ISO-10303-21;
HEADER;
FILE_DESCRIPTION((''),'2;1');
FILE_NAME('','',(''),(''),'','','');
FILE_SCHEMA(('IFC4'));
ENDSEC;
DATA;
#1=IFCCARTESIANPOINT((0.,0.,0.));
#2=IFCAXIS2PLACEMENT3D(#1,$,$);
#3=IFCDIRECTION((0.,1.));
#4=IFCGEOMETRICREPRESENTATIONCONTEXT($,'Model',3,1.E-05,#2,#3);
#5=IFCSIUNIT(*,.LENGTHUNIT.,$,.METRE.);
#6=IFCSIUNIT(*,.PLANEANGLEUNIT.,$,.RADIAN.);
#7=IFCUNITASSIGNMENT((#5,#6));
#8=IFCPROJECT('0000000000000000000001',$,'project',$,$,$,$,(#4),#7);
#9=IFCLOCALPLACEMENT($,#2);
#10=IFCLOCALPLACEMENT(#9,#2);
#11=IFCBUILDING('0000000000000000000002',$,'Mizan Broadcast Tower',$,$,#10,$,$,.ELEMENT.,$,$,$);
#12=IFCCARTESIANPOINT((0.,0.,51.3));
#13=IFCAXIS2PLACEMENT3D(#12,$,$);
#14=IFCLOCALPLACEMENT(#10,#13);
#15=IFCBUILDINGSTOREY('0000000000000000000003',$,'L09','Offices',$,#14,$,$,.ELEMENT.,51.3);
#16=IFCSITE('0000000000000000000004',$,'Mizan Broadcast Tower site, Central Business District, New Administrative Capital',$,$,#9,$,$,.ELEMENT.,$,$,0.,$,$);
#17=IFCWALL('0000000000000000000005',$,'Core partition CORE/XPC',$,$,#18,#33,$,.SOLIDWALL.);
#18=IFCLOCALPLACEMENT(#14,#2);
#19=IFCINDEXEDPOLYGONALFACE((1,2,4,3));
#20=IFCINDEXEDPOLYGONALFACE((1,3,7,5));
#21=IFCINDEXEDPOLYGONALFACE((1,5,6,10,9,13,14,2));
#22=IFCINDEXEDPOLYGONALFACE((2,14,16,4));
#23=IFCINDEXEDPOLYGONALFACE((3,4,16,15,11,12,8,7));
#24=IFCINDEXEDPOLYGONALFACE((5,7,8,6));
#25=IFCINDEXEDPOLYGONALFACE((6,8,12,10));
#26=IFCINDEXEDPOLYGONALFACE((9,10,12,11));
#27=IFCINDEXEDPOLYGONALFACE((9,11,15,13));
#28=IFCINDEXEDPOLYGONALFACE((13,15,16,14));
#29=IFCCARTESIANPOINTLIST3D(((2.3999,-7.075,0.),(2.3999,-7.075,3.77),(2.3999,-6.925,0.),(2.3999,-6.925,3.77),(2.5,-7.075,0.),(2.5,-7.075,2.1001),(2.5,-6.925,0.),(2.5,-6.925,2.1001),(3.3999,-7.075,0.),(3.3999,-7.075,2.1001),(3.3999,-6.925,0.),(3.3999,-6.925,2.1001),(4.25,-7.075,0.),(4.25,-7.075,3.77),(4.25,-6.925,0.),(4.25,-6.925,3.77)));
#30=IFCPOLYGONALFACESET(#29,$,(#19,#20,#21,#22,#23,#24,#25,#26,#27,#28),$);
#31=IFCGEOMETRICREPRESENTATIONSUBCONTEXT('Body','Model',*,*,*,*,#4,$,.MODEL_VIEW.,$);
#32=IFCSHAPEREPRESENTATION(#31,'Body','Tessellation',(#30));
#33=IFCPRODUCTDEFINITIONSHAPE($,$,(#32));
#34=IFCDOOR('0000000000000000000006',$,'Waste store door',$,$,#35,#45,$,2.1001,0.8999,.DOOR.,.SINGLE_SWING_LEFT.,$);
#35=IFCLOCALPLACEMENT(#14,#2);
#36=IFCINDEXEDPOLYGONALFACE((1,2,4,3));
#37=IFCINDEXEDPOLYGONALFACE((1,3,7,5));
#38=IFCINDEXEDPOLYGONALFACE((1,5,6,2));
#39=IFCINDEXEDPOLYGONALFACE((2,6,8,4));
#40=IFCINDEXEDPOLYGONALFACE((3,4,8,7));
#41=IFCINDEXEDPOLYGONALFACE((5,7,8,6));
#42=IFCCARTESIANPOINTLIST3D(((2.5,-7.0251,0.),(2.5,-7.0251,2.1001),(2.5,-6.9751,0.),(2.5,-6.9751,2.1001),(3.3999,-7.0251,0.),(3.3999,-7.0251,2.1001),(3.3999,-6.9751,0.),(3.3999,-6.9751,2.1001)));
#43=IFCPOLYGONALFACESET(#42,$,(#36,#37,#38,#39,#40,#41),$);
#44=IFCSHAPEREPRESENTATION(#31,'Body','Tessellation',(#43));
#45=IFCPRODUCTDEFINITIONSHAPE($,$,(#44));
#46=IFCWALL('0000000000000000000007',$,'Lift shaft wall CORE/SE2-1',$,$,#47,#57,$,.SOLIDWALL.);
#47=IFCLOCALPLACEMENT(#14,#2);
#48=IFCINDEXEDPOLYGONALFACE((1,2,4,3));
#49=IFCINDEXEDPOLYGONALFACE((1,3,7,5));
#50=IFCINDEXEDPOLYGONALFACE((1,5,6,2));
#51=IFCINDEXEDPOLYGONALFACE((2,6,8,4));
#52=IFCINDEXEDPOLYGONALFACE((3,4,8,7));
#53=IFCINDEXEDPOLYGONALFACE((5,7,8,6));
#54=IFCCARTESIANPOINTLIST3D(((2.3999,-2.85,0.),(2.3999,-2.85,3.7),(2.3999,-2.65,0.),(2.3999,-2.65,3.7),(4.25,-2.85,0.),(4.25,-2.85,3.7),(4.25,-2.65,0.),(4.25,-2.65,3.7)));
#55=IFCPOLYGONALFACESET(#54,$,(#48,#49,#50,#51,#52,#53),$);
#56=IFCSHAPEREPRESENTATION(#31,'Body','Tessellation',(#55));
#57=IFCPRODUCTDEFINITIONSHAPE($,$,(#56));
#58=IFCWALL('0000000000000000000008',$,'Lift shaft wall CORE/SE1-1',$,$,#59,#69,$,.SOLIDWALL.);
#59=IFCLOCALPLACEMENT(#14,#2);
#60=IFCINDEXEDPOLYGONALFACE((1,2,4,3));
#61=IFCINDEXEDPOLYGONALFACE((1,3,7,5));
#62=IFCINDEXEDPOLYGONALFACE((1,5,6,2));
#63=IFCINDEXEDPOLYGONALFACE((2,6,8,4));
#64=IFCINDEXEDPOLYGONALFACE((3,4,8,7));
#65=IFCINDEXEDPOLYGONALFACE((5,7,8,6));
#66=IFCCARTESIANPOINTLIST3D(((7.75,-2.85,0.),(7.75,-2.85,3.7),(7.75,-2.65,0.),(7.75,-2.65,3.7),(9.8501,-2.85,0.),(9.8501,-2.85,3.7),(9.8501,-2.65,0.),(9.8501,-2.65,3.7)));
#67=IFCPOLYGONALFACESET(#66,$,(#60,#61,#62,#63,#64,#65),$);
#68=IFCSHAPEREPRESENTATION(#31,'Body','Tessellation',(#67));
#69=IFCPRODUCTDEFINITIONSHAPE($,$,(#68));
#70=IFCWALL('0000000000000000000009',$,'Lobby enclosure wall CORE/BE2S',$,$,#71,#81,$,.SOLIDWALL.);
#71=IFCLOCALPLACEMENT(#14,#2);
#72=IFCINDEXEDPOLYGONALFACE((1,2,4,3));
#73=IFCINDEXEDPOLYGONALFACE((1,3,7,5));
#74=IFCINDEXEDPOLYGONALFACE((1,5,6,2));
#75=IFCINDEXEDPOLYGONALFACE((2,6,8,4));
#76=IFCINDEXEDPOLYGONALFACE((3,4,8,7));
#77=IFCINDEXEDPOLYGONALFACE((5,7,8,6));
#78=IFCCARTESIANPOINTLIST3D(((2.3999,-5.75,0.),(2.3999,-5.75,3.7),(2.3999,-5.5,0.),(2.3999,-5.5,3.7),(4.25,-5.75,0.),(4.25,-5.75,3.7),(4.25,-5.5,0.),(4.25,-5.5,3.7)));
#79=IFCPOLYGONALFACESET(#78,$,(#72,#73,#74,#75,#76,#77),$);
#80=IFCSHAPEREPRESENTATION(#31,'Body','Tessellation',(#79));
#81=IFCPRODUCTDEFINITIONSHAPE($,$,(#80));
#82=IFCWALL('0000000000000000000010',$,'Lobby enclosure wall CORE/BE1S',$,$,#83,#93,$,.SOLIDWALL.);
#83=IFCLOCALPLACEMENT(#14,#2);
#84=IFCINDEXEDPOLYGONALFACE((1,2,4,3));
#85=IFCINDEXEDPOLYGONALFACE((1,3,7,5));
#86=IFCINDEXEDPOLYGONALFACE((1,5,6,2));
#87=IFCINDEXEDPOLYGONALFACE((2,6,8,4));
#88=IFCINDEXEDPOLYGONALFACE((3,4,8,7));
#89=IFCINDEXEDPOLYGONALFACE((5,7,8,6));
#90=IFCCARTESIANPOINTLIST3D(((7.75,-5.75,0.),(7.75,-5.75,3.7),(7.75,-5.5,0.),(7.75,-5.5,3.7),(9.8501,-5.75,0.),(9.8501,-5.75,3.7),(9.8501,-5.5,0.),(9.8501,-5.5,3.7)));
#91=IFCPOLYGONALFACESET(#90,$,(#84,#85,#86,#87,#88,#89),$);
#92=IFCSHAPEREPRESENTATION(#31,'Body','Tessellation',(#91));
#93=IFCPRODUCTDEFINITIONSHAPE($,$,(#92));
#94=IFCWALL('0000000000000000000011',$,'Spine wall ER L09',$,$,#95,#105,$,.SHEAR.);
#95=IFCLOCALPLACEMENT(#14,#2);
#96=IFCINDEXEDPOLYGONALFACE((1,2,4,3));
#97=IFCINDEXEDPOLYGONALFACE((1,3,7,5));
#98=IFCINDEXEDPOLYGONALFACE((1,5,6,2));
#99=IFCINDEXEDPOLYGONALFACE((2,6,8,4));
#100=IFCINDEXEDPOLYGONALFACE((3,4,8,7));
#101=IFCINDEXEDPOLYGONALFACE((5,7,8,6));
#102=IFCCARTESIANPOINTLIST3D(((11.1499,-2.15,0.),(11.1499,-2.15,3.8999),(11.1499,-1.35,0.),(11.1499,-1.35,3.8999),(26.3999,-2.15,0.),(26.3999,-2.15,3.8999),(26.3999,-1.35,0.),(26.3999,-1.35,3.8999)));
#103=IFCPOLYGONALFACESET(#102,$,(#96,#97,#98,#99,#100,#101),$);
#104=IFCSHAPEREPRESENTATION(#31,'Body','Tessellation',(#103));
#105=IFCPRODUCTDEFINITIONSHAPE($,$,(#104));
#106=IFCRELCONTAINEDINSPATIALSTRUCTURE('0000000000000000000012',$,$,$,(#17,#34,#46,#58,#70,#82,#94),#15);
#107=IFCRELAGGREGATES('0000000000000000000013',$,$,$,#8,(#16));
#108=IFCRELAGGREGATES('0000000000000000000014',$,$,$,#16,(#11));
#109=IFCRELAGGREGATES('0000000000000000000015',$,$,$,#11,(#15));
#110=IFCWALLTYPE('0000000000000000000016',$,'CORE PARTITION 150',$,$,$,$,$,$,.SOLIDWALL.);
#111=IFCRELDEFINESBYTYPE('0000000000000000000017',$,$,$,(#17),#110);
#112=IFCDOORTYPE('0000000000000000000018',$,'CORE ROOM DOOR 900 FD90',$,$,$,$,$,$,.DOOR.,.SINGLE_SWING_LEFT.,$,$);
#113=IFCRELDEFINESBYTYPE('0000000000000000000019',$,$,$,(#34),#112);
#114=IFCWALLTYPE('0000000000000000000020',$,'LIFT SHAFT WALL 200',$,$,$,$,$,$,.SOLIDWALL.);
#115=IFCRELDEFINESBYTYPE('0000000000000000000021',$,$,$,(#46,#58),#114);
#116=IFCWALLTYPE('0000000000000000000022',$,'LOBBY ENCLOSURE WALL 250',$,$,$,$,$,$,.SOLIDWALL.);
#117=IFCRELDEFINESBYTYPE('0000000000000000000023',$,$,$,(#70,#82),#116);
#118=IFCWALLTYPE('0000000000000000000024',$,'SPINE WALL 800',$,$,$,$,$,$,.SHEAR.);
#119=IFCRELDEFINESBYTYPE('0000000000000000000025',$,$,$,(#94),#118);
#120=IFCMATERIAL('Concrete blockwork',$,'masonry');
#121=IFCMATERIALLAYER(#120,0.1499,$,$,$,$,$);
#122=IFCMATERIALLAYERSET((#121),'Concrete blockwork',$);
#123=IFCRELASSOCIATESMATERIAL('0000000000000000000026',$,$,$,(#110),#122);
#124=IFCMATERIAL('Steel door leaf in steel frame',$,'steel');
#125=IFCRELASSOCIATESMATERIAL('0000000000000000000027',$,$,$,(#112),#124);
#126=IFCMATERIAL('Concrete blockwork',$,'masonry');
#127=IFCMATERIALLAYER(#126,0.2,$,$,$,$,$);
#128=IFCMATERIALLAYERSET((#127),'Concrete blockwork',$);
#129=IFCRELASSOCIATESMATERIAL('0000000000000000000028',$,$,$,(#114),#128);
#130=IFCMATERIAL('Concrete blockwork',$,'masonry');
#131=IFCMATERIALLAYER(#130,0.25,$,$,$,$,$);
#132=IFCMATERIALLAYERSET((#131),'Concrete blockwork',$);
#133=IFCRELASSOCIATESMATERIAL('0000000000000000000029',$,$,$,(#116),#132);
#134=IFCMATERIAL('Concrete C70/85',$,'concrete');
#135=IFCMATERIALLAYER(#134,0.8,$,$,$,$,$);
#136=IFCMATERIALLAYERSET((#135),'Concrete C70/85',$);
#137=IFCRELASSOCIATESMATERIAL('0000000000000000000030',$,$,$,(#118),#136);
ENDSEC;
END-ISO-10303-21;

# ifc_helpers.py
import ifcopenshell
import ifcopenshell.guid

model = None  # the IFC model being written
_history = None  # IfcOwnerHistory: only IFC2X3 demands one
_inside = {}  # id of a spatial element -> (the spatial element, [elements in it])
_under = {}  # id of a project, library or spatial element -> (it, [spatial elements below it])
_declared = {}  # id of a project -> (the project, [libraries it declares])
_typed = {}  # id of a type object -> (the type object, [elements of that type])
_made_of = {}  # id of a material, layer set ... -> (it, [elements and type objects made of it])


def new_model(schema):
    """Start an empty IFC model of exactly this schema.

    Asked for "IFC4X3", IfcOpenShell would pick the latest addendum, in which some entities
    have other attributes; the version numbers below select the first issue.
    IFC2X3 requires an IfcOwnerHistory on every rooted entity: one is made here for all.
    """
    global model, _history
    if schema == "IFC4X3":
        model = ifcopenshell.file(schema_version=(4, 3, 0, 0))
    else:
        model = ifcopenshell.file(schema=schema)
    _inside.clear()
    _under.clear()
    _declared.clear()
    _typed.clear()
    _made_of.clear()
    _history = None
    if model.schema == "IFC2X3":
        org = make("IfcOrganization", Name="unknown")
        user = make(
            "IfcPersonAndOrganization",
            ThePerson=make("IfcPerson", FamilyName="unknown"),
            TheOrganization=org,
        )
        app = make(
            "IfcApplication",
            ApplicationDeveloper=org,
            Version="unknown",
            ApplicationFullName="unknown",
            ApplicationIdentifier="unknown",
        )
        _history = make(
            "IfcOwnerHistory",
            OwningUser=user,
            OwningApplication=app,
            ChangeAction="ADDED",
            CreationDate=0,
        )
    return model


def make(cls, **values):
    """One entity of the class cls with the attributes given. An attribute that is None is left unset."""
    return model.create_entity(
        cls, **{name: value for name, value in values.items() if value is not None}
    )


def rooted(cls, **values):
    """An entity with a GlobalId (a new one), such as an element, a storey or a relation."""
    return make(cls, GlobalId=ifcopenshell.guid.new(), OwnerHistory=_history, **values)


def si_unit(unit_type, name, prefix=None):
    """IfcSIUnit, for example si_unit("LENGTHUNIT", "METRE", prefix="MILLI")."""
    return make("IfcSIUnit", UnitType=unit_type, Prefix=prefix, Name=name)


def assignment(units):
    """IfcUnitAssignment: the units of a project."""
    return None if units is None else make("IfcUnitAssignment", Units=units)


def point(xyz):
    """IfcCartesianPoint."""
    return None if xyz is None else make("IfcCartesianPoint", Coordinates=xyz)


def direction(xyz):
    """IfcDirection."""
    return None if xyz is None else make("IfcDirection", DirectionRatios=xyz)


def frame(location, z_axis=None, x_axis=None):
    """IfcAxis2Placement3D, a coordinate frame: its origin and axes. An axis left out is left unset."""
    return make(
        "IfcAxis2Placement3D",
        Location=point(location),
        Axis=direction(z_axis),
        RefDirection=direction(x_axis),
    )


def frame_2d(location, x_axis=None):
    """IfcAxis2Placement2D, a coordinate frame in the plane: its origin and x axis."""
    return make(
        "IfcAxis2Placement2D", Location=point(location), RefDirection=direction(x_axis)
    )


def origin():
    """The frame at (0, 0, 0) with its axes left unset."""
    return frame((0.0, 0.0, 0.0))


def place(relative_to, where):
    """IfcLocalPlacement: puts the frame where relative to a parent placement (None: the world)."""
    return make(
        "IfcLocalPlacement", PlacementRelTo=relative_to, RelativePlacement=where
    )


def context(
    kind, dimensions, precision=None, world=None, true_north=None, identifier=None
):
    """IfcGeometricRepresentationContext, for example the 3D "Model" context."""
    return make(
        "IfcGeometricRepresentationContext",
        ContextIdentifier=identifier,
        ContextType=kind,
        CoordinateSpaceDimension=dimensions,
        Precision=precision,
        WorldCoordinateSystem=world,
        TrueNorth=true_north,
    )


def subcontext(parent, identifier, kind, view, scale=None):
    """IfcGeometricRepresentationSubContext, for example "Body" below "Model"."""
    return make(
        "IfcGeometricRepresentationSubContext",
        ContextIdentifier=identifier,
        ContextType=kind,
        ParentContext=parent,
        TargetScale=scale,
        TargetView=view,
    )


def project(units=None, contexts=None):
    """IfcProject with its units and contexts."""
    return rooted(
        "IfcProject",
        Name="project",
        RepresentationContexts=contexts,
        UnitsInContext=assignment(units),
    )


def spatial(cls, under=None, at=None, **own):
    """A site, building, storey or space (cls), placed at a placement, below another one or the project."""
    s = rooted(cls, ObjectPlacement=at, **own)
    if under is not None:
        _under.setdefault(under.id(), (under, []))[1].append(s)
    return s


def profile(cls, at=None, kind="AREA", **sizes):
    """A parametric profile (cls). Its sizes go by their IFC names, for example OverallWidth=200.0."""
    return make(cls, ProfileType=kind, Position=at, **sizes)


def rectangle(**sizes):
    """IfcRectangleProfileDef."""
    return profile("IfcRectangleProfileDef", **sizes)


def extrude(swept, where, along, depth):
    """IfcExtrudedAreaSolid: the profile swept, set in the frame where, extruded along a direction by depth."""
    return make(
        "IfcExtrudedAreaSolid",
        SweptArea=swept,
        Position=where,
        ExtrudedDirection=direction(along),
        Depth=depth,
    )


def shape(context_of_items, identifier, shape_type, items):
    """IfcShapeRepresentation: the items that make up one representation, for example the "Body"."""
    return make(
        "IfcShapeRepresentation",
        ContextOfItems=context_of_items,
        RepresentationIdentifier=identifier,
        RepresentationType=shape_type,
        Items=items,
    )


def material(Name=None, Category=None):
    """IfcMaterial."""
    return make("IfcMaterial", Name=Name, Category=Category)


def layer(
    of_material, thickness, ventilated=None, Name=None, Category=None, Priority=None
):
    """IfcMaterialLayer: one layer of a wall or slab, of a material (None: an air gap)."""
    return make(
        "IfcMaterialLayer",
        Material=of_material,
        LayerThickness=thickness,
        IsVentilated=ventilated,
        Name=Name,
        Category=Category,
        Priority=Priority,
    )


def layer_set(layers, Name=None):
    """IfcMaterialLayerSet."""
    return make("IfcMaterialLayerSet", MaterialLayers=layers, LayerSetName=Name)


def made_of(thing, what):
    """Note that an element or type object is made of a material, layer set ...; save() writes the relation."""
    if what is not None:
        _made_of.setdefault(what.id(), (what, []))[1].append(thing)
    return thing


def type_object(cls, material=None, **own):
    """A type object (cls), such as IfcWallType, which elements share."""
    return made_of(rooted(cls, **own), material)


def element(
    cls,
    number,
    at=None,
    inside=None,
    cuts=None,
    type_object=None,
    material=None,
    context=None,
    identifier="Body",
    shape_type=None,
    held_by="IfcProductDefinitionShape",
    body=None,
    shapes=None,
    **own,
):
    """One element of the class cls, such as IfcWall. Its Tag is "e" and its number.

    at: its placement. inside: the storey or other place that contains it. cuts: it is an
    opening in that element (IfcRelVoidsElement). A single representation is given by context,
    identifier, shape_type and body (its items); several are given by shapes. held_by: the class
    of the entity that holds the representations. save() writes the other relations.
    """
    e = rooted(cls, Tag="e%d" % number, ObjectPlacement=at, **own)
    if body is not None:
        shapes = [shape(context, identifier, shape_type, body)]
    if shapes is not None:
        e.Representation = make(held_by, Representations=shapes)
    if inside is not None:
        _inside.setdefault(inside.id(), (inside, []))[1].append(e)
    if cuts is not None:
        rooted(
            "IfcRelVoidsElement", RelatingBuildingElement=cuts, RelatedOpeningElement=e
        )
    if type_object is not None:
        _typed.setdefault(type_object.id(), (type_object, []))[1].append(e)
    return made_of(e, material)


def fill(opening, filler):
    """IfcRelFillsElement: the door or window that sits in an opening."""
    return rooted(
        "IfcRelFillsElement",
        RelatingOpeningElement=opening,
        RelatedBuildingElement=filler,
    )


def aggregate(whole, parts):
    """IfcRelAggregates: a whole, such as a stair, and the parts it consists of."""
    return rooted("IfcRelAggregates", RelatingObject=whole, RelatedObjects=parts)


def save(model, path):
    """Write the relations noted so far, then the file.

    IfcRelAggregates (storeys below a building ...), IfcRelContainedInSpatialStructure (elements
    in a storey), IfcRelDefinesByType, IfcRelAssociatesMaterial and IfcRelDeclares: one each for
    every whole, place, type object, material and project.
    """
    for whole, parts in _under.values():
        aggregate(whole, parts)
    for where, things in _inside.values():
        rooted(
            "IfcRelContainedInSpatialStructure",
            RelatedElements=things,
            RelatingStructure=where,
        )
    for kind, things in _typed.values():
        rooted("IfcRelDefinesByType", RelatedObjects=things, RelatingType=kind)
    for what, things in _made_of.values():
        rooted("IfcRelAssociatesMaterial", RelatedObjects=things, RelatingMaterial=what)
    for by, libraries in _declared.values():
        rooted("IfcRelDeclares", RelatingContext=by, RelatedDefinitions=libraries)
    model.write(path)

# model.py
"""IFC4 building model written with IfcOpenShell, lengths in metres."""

from ifc_helpers import new_model, si_unit, direction, frame, frame_2d, origin, place, context, subcontext, project, spatial, rectangle, extrude, material, layer, layer_set, type_object, element, fill, save


model = new_model("IFC4")

# Units and contexts
model_context = context("Model", 3, precision=1e-05, world=origin(), true_north=direction((0.0, 1.0)))
body_context = subcontext(model_context, "Body", "Model", "MODEL_VIEW")
ifc_project = project(units=[si_unit("LENGTHUNIT", "METRE"), si_unit("PLANEANGLEUNIT", "RADIAN")], contexts=[model_context])

# Site, building, storey
site_placement = place(None, origin())
site = spatial("IfcSite", under=ifc_project, at=site_placement, Name="Mizan Broadcast Tower site, Central Business District, New Administrative Capital", CompositionType="ELEMENT", RefElevation=0.0)
building_placement = place(site_placement, origin())
building = spatial("IfcBuilding", under=site, at=building_placement, Name="Mizan Broadcast Tower", CompositionType="ELEMENT")
storey_placement = place(building_placement, frame((0.0, 0.0, 51.3)))
storey = spatial("IfcBuildingStorey", under=building, at=storey_placement, Name="L09", Description="Offices", CompositionType="ELEMENT", Elevation=51.3)

# Wall, opening, door
ifc_material_1 = material(Name="Concrete blockwork", Category="masonry")
ifc_layer_1 = layer(ifc_material_1, 0.1499)
ifc_layer_set_1 = layer_set([ifc_layer_1], Name="Concrete blockwork")
wall_type_1 = type_object("IfcWallType", Name="CORE PARTITION 150", PredefinedType="SOLIDWALL", material=ifc_layer_set_1)
wall_1_placement = place(storey_placement, frame((2.3999, -7.0, 0.0), z_axis=(0.0, 0.0, 1.0), x_axis=(1.0, 0.0, 0.0)))
wall_1 = element("IfcWall", 1, at=wall_1_placement, inside=storey, type_object=wall_type_1, Name="Core partition CORE/XPC", PredefinedType="SOLIDWALL", context=body_context, shape_type="SweptSolid", body=[
    extrude(rectangle(XDim=1.8501, YDim=0.1499, at=frame_2d((0.925, 0.0))), origin(), (0.0, 0.0, 1.0), 3.77),
])
opening_placement = place(wall_1_placement, frame((0.1001, 0.0, 0.0)))
opening = element("IfcOpeningElement", 2, at=opening_placement, cuts=wall_1, PredefinedType="OPENING", context=body_context, shape_type="SweptSolid", body=[
    extrude(rectangle(XDim=0.8999, YDim=2.1001, at=frame_2d((0.45, 1.05))), frame((0.0, 0.085, 0.0), z_axis=(0.0, -1.0, 0.0), x_axis=(1.0, 0.0, 0.0)), (0.0, 0.0, 1.0), 0.1699),
])
ifc_material_2 = material(Name="Steel door leaf in steel frame", Category="steel")
door_type = type_object("IfcDoorType", Name="CORE ROOM DOOR 900 FD90", OperationType="SINGLE_SWING_LEFT", PredefinedType="DOOR", material=ifc_material_2)
door_placement = place(opening_placement, origin())
door = element("IfcDoor", 3, at=door_placement, inside=storey, type_object=door_type, Name="Waste store door", OperationType="SINGLE_SWING_LEFT", OverallHeight=2.1001, OverallWidth=0.8999, PredefinedType="DOOR", context=body_context, shape_type="SweptSolid", body=[
    extrude(rectangle(XDim=0.8999, YDim=2.1001, at=frame_2d((0.45, 1.05))), frame((0.0, 0.0249, 0.0), z_axis=(0.0, -1.0, 0.0), x_axis=(1.0, 0.0, 0.0)), (0.0, 0.0, 1.0), 0.05),
])
fill(opening, door)

# Walls
ifc_material_3 = material(Name="Concrete blockwork", Category="masonry")
ifc_layer_2 = layer(ifc_material_3, 0.2)
ifc_layer_set_2 = layer_set([ifc_layer_2], Name="Concrete blockwork")
wall_type_2 = type_object("IfcWallType", Name="LIFT SHAFT WALL 200", PredefinedType="SOLIDWALL", material=ifc_layer_set_2)
wall_2_placement = place(storey_placement, frame((2.3999, -2.75, 0.0), z_axis=(0.0, 0.0, 1.0), x_axis=(1.0, 0.0, 0.0)))
element("IfcWall", 4, at=wall_2_placement, inside=storey, type_object=wall_type_2, Name="Lift shaft wall CORE/SE2-1", PredefinedType="SOLIDWALL", context=body_context, shape_type="SweptSolid", body=[
    extrude(rectangle(XDim=1.8501, YDim=0.2, at=frame_2d((0.925, 0.0))), origin(), (0.0, 0.0, 1.0), 3.7),
])
wall_3_placement = place(storey_placement, frame((7.75, -2.75, 0.0), z_axis=(0.0, 0.0, 1.0), x_axis=(1.0, 0.0, 0.0)))
element("IfcWall", 5, at=wall_3_placement, inside=storey, type_object=wall_type_2, Name="Lift shaft wall CORE/SE1-1", PredefinedType="SOLIDWALL", context=body_context, shape_type="SweptSolid", body=[
    extrude(rectangle(XDim=2.1001, YDim=0.2, at=frame_2d((1.05, 0.0))), origin(), (0.0, 0.0, 1.0), 3.7),
])
ifc_material_4 = material(Name="Concrete blockwork", Category="masonry")
ifc_layer_3 = layer(ifc_material_4, 0.25)
ifc_layer_set_3 = layer_set([ifc_layer_3], Name="Concrete blockwork")
wall_type_3 = type_object("IfcWallType", Name="LOBBY ENCLOSURE WALL 250", PredefinedType="SOLIDWALL", material=ifc_layer_set_3)
wall_4_placement = place(storey_placement, frame((2.3999, -5.625, 0.0), z_axis=(0.0, 0.0, 1.0), x_axis=(1.0, 0.0, 0.0)))
element("IfcWall", 6, at=wall_4_placement, inside=storey, type_object=wall_type_3, Name="Lobby enclosure wall CORE/BE2S", PredefinedType="SOLIDWALL", context=body_context, shape_type="SweptSolid", body=[
    extrude(rectangle(XDim=1.8501, YDim=0.25, at=frame_2d((0.925, 0.0))), origin(), (0.0, 0.0, 1.0), 3.7),
])
wall_5_placement = place(storey_placement, frame((7.75, -5.625, 0.0), z_axis=(0.0, 0.0, 1.0), x_axis=(1.0, 0.0, 0.0)))
element("IfcWall", 7, at=wall_5_placement, inside=storey, type_object=wall_type_3, Name="Lobby enclosure wall CORE/BE1S", PredefinedType="SOLIDWALL", context=body_context, shape_type="SweptSolid", body=[
    extrude(rectangle(XDim=2.1001, YDim=0.25, at=frame_2d((1.05, 0.0))), origin(), (0.0, 0.0, 1.0), 3.7),
])
ifc_material_5 = material(Name="Concrete C70/85", Category="concrete")
ifc_layer_4 = layer(ifc_material_5, 0.8)
ifc_layer_set_4 = layer_set([ifc_layer_4], Name="Concrete C70/85")
wall_type_4 = type_object("IfcWallType", Name="SPINE WALL 800", PredefinedType="SHEAR", material=ifc_layer_set_4)
wall_6_placement = place(storey_placement, frame((11.1499, -1.75, 0.0), z_axis=(0.0, 0.0, 1.0), x_axis=(1.0, 0.0, 0.0)))
element("IfcWall", 8, at=wall_6_placement, inside=storey, type_object=wall_type_4, Name="Spine wall ER L09", PredefinedType="SHEAR", context=body_context, shape_type="SweptSolid", body=[
    extrude(rectangle(XDim=15.25, YDim=0.8, at=frame_2d((7.625, 0.0))), origin(), (0.0, 0.0, 1.0), 3.8999),
])

save(model, "model.ifc")
